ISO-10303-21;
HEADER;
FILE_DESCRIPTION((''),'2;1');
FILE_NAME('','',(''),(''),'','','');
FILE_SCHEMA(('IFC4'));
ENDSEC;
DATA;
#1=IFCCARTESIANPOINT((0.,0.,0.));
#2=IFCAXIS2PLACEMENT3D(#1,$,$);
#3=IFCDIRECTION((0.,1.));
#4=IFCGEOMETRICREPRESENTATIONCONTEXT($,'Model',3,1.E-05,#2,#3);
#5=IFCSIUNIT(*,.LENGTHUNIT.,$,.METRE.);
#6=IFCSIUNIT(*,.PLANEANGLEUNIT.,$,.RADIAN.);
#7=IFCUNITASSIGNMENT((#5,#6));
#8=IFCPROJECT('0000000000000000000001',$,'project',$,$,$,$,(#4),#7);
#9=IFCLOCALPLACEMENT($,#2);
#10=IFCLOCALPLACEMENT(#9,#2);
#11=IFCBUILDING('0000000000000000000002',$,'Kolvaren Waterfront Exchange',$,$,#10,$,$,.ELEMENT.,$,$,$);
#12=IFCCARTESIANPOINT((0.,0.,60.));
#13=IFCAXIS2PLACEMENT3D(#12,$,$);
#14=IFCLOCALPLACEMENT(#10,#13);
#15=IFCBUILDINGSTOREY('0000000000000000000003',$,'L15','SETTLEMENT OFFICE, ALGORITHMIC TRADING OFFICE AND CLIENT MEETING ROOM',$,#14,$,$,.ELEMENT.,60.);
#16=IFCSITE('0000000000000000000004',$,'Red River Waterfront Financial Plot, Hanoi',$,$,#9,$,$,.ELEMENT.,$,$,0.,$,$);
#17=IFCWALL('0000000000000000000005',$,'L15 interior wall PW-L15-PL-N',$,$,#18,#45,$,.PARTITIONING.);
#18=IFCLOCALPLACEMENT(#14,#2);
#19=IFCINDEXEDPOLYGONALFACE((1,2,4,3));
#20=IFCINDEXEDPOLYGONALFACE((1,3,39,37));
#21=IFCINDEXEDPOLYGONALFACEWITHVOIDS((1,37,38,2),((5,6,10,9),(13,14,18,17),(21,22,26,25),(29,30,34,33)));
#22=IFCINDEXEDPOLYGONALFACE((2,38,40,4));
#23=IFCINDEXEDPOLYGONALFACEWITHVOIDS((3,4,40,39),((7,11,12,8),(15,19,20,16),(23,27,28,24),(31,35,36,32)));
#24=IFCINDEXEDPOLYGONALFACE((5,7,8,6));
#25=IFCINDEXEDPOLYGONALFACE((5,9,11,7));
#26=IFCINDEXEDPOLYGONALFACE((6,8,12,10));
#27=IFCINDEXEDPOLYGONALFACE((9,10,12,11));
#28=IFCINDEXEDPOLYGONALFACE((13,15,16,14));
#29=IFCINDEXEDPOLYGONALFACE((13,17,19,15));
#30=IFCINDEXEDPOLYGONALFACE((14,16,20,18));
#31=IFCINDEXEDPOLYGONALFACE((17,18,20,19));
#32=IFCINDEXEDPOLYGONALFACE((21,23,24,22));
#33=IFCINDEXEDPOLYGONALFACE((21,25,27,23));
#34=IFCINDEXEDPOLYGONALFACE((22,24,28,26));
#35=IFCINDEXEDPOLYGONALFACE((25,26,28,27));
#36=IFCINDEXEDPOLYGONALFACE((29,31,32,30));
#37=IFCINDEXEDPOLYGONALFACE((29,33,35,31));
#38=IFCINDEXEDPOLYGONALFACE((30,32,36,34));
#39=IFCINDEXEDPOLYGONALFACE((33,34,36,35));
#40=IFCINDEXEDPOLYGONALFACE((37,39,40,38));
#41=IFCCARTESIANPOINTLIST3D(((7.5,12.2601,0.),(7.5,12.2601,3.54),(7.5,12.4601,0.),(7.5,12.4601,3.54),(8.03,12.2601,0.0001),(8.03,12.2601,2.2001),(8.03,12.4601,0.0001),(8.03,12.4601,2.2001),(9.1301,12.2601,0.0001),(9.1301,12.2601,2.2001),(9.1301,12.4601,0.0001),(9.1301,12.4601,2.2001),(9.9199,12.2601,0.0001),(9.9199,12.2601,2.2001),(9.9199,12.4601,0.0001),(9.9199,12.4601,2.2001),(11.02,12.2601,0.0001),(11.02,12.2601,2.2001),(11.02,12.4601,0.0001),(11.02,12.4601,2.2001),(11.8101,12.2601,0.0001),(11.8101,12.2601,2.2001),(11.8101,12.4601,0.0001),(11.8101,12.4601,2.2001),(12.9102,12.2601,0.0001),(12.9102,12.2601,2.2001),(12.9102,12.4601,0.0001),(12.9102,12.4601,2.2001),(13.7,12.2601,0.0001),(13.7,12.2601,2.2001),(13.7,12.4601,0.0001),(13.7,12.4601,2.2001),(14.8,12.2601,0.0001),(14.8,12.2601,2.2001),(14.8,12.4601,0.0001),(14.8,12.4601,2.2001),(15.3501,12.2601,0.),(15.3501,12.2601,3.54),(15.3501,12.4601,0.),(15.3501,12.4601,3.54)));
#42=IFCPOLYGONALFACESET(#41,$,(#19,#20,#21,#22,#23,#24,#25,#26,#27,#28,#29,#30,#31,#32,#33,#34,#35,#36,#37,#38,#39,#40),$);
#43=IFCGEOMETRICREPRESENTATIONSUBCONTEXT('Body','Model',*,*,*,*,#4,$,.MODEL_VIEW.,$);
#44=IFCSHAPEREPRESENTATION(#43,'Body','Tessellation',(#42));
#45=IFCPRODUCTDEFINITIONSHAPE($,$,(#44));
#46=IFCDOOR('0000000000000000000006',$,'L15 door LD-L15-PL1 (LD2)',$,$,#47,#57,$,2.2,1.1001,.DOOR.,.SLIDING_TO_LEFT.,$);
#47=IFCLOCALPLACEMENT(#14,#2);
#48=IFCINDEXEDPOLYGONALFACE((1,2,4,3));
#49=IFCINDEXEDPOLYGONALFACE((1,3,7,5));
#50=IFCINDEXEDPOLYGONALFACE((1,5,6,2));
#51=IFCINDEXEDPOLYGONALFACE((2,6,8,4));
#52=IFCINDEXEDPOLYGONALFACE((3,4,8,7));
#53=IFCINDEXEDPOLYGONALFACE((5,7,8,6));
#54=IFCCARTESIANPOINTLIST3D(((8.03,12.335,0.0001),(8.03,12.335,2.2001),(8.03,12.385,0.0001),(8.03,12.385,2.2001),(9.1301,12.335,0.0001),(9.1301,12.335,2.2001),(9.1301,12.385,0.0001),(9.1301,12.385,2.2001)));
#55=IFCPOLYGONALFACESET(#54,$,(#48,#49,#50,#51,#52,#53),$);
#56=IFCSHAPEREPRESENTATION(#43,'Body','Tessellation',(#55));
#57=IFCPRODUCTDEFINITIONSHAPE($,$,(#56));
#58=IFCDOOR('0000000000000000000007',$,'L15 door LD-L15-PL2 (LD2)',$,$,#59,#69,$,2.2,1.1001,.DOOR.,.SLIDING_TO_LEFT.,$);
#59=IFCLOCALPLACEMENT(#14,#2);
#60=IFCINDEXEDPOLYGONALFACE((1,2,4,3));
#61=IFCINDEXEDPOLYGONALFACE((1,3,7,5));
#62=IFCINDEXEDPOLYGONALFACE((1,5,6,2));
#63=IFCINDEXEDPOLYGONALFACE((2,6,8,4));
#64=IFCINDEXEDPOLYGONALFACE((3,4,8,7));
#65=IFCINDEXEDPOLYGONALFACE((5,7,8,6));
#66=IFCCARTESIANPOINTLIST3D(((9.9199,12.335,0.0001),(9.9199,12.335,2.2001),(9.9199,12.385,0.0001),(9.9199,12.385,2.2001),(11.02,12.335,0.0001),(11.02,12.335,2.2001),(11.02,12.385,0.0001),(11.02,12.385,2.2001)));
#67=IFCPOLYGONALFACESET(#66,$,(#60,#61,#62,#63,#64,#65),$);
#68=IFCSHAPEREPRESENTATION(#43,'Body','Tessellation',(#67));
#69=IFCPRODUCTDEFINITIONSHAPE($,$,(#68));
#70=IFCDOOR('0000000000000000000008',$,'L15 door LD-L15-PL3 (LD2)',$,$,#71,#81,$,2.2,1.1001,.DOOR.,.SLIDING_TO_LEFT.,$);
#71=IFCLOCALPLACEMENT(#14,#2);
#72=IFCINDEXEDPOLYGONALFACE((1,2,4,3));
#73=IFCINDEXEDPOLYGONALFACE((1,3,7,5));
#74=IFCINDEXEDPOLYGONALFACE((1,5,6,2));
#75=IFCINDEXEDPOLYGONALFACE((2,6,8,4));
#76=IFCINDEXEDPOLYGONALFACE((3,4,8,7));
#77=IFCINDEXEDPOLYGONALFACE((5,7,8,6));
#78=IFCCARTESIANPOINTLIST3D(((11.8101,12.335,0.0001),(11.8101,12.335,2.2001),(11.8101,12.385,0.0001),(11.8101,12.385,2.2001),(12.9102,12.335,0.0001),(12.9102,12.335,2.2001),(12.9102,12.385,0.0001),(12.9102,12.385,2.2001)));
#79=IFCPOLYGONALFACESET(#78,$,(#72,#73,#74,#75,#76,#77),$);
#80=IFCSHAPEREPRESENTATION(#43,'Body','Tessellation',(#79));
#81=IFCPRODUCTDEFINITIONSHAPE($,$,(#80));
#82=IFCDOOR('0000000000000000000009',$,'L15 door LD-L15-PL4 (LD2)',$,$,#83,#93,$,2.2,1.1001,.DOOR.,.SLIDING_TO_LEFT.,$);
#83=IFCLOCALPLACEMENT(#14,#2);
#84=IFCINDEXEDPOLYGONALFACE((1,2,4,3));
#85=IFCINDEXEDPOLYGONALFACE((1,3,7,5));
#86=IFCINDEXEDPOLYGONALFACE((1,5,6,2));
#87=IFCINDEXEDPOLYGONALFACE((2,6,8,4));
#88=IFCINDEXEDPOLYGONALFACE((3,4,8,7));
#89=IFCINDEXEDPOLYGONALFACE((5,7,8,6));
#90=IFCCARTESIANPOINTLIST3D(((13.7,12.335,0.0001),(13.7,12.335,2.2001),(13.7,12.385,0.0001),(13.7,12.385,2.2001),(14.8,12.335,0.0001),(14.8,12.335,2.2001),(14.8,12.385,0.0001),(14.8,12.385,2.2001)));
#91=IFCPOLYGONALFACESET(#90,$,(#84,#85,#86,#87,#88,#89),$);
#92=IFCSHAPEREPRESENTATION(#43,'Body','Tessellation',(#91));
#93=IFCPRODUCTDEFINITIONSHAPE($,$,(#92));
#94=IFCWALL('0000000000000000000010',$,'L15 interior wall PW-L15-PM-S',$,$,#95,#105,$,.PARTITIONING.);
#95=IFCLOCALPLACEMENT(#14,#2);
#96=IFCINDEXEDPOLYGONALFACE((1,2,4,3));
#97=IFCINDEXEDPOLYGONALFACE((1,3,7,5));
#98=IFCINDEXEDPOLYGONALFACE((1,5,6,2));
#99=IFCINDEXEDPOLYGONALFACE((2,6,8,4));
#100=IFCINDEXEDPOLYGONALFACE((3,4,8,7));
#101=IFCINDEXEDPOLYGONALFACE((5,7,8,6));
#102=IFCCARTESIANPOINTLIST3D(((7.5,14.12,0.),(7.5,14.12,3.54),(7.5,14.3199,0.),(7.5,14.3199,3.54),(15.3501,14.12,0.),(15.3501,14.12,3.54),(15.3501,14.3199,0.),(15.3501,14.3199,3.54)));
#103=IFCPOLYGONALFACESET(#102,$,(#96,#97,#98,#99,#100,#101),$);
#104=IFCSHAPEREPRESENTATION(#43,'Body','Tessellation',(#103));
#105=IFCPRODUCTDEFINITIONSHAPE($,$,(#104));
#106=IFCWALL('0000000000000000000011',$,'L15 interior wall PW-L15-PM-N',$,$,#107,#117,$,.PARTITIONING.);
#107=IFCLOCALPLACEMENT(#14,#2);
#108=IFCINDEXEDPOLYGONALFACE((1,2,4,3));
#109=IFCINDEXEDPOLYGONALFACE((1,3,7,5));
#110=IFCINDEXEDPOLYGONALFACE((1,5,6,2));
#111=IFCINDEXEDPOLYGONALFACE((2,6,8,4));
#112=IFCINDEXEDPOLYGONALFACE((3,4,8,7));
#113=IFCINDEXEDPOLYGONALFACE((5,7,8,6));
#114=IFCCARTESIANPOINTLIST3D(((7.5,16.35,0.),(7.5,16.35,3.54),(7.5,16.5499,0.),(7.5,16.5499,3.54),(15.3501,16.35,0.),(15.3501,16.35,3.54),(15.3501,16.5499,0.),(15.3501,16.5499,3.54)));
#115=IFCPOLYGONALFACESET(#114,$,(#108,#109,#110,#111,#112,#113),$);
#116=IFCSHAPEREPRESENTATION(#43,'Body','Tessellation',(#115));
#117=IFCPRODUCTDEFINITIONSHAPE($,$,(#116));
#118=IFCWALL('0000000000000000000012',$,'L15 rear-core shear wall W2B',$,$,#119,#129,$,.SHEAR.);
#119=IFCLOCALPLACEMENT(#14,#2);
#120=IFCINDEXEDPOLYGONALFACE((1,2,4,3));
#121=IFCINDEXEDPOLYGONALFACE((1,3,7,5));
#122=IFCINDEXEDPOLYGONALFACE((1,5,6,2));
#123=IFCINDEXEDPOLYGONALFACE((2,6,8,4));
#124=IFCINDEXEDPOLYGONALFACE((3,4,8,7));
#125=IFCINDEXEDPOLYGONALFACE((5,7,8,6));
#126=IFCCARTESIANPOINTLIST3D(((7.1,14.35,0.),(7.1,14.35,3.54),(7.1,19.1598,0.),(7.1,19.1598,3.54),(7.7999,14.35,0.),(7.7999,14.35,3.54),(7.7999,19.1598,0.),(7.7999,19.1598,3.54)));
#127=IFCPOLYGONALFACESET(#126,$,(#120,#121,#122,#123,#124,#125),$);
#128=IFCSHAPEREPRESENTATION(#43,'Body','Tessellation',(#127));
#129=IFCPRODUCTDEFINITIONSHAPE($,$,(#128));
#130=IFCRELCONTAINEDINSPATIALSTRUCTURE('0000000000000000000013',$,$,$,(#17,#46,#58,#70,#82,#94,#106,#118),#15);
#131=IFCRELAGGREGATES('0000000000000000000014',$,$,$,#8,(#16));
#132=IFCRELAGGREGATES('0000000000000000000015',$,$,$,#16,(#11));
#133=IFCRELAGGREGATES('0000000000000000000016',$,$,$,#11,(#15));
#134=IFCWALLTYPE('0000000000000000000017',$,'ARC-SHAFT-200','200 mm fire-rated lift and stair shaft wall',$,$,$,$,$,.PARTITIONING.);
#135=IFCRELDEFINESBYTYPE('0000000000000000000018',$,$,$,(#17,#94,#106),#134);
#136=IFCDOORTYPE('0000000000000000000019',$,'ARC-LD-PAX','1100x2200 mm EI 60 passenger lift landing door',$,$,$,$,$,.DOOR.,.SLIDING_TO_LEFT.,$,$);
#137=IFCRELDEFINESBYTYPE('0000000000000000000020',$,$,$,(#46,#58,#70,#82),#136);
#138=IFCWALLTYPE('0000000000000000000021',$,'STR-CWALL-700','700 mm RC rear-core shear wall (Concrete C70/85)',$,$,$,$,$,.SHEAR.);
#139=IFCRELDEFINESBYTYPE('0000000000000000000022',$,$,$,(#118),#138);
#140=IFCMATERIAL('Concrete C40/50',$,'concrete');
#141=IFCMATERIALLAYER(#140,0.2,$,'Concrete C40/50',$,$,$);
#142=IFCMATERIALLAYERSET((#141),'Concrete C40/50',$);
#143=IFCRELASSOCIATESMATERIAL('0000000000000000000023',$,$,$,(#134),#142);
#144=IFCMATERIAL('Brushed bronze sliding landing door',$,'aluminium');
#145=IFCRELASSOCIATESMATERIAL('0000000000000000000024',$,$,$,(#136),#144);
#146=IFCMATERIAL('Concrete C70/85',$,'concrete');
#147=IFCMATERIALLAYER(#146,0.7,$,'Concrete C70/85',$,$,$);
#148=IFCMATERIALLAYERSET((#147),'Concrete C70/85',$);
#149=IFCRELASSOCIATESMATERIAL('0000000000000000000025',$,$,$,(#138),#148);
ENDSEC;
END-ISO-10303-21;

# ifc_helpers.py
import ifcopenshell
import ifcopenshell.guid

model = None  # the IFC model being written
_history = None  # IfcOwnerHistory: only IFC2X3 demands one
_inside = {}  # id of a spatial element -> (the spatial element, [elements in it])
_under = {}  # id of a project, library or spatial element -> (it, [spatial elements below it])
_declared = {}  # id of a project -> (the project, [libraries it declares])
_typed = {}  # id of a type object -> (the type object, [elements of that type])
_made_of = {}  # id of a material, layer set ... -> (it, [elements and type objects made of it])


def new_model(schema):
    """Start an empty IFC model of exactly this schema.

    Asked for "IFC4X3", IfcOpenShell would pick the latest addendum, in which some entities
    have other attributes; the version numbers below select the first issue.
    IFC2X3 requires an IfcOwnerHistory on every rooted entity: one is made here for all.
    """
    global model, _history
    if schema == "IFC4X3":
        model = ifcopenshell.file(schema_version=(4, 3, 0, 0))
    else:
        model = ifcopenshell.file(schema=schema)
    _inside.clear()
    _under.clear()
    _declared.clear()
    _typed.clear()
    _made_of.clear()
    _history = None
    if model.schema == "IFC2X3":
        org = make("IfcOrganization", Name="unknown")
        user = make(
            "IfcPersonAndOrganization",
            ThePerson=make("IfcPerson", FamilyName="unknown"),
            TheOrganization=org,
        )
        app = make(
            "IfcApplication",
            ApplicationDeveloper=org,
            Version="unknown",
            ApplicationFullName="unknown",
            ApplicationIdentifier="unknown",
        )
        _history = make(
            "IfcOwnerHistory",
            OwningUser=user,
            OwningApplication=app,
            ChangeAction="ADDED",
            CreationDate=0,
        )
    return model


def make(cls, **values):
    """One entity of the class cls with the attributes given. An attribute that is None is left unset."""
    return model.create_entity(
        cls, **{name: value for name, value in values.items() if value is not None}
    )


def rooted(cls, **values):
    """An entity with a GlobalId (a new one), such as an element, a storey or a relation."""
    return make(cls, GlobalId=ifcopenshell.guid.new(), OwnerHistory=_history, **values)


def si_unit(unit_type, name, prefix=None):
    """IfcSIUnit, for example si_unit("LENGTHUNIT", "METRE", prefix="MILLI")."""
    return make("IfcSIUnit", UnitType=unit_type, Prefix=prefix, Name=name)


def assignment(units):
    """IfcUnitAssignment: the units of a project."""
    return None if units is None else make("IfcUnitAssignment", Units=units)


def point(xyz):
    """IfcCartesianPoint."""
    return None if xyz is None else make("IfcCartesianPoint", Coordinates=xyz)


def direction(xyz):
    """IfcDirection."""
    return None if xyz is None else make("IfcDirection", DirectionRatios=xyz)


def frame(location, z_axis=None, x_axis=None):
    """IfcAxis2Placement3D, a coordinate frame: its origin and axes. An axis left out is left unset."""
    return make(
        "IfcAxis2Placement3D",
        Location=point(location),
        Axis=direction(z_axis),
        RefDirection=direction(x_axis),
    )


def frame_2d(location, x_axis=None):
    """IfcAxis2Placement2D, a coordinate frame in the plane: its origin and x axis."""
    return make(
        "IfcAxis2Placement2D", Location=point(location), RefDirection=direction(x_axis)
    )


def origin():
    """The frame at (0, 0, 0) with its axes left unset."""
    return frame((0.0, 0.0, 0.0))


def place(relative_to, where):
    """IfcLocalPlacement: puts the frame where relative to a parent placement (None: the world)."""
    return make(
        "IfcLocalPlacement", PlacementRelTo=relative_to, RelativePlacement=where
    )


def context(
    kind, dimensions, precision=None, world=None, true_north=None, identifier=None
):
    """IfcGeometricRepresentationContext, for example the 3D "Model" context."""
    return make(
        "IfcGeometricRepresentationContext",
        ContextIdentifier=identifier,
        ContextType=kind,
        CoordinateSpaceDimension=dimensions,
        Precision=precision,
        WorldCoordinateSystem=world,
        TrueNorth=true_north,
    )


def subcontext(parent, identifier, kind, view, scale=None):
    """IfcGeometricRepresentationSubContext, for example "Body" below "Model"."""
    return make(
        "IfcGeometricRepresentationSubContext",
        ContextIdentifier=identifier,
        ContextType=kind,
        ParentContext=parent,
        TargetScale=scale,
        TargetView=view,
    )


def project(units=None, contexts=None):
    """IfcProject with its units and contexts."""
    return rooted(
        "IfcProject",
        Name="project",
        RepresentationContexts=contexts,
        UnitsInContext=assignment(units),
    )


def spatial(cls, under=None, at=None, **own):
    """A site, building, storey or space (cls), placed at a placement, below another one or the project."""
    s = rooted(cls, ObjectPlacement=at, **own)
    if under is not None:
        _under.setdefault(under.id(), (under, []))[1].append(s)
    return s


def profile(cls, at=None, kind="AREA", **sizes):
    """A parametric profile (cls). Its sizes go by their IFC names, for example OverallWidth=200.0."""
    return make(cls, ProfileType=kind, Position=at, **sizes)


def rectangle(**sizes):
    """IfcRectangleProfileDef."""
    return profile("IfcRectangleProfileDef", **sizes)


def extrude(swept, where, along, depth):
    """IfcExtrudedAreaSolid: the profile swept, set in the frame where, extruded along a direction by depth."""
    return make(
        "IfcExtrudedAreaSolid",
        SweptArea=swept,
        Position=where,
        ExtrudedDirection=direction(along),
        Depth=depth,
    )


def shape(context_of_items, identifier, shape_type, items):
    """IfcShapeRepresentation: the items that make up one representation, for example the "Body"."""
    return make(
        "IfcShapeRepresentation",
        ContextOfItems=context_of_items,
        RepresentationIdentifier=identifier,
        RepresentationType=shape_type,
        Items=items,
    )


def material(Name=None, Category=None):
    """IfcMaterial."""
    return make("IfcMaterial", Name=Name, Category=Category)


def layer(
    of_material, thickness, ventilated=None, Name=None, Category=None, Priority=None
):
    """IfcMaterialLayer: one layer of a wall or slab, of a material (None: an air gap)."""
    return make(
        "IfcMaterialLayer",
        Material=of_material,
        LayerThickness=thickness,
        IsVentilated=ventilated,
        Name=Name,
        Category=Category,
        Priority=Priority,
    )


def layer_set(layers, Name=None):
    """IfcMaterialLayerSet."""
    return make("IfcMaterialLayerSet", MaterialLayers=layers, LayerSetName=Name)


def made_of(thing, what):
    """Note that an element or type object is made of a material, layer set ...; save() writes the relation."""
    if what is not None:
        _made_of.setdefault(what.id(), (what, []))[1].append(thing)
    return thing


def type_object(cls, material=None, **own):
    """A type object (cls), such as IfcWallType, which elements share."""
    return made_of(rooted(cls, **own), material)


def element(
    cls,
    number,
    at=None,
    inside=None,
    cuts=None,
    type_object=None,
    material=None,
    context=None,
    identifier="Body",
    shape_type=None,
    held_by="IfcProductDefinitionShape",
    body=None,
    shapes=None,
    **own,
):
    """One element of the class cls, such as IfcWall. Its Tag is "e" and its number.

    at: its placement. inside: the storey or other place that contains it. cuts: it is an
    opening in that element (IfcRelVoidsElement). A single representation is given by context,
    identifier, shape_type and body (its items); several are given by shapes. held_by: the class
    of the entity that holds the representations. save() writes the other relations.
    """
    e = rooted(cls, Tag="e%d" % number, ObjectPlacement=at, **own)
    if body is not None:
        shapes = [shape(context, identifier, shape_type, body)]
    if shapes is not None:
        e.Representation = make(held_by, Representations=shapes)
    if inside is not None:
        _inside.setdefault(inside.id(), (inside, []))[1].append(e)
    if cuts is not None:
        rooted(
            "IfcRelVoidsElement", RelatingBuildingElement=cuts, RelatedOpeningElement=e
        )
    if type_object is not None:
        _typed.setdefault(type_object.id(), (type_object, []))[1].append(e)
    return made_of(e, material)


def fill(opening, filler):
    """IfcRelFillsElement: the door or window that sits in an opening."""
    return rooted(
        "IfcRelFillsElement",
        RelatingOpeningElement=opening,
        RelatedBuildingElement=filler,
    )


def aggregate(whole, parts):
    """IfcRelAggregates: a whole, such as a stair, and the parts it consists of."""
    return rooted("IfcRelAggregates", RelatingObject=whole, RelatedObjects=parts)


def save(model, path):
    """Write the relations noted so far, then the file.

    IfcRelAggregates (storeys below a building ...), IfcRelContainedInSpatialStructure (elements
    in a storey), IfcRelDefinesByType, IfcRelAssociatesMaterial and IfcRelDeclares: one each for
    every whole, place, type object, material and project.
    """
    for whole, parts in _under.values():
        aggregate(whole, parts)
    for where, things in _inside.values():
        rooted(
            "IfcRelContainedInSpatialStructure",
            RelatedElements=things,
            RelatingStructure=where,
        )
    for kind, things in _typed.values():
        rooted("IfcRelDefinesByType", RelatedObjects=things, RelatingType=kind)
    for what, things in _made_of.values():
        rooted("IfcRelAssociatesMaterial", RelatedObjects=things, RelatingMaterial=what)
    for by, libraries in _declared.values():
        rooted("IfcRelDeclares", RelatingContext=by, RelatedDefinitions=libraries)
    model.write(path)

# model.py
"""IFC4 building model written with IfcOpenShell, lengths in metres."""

from ifc_helpers import new_model, si_unit, direction, frame, frame_2d, origin, place, context, subcontext, project, spatial, rectangle, extrude, material, layer, layer_set, type_object, element, fill, save


model = new_model("IFC4")

# Units and contexts
model_context = context("Model", 3, precision=1e-05, world=origin(), true_north=direction((0.0, 1.0)))
body_context = subcontext(model_context, "Body", "Model", "MODEL_VIEW")
ifc_project = project(units=[si_unit("LENGTHUNIT", "METRE"), si_unit("PLANEANGLEUNIT", "RADIAN")], contexts=[model_context])

# Site, building, storey
site_placement = place(None, origin())
site = spatial("IfcSite", under=ifc_project, at=site_placement, Name="Red River Waterfront Financial Plot, Hanoi", CompositionType="ELEMENT", RefElevation=0.0)
building_placement = place(site_placement, origin())
building = spatial("IfcBuilding", under=site, at=building_placement, Name="Kolvaren Waterfront Exchange", CompositionType="ELEMENT")
storey_placement = place(building_placement, frame((0.0, 0.0, 60.0)))
storey = spatial("IfcBuildingStorey", under=building, at=storey_placement, Name="L15", Description="SETTLEMENT OFFICE, ALGORITHMIC TRADING OFFICE AND CLIENT MEETING ROOM", CompositionType="ELEMENT", Elevation=60.0)

# Wall, openings, doors
ifc_material_1 = material(Name="Concrete C40/50", Category="concrete")
ifc_layer_1 = layer(ifc_material_1, 0.2, Name="Concrete C40/50")
ifc_layer_set_1 = layer_set([ifc_layer_1], Name="Concrete C40/50")
wall_type_1 = type_object("IfcWallType", Name="ARC-SHAFT-200", Description="200 mm fire-rated lift and stair shaft wall", PredefinedType="PARTITIONING", material=ifc_layer_set_1)
wall_1_placement = place(storey_placement, frame((7.5, 12.3601, 0.0), z_axis=(0.0, 0.0, 1.0), x_axis=(1.0, 0.0, 0.0)))
wall_1 = element("IfcWall", 1, at=wall_1_placement, inside=storey, type_object=wall_type_1, Name="L15 interior wall PW-L15-PL-N", PredefinedType="PARTITIONING", context=body_context, shape_type="SweptSolid", body=[
    extrude(rectangle(XDim=7.8501, YDim=0.2, at=frame_2d((3.925, 0.0))), origin(), (0.0, 0.0, 1.0), 3.54),
])
opening_1_placement = place(wall_1_placement, frame((0.53, 0.0, 0.0)))
opening_1 = element("IfcOpeningElement", 2, at=opening_1_placement, cuts=wall_1, PredefinedType="OPENING", context=body_context, shape_type="SweptSolid", body=[
    extrude(rectangle(XDim=1.1001, YDim=2.2, at=frame_2d((0.55, 1.1001))), frame((0.0, 0.1099, 0.0), z_axis=(0.0, -1.0, 0.0), x_axis=(1.0, 0.0, 0.0)), (0.0, 0.0, 1.0), 0.22),
])
opening_2_placement = place(wall_1_placement, frame((2.4199, 0.0, 0.0)))
opening_2 = element("IfcOpeningElement", 3, at=opening_2_placement, cuts=wall_1, PredefinedType="OPENING", context=body_context, shape_type="SweptSolid", body=[
    extrude(rectangle(XDim=1.1001, YDim=2.2, at=frame_2d((0.55, 1.1001))), frame((0.0, 0.1099, 0.0), z_axis=(0.0, -1.0, 0.0), x_axis=(1.0, 0.0, 0.0)), (0.0, 0.0, 1.0), 0.22),
])
opening_3_placement = place(wall_1_placement, frame((4.3101, 0.0, 0.0)))
opening_3 = element("IfcOpeningElement", 4, at=opening_3_placement, cuts=wall_1, PredefinedType="OPENING", context=body_context, shape_type="SweptSolid", body=[
    extrude(rectangle(XDim=1.1001, YDim=2.2, at=frame_2d((0.55, 1.1001))), frame((0.0, 0.1099, 0.0), z_axis=(0.0, -1.0, 0.0), x_axis=(1.0, 0.0, 0.0)), (0.0, 0.0, 1.0), 0.22),
])
opening_4_placement = place(wall_1_placement, frame((6.2, 0.0, 0.0)))
opening_4 = element("IfcOpeningElement", 5, at=opening_4_placement, cuts=wall_1, PredefinedType="OPENING", context=body_context, shape_type="SweptSolid", body=[
    extrude(rectangle(XDim=1.1001, YDim=2.2, at=frame_2d((0.55, 1.1001))), frame((0.0, 0.1099, 0.0), z_axis=(0.0, -1.0, 0.0), x_axis=(1.0, 0.0, 0.0)), (0.0, 0.0, 1.0), 0.22),
])
ifc_material_2 = material(Name="Brushed bronze sliding landing door", Category="aluminium")
door_type = type_object("IfcDoorType", Name="ARC-LD-PAX", Description="1100x2200 mm EI 60 passenger lift landing door", OperationType="SLIDING_TO_LEFT", PredefinedType="DOOR", material=ifc_material_2)
door_1_placement = place(opening_1_placement, origin())
door_1 = element("IfcDoor", 6, at=door_1_placement, inside=storey, type_object=door_type, Name="L15 door LD-L15-PL1 (LD2)", OperationType="SLIDING_TO_LEFT", OverallHeight=2.2, OverallWidth=1.1001, PredefinedType="DOOR", context=body_context, shape_type="SweptSolid", body=[
    extrude(rectangle(XDim=1.1001, YDim=2.2, at=frame_2d((0.55, 1.1001))), frame((0.0, 0.0249, 0.0), z_axis=(0.0, -1.0, 0.0), x_axis=(1.0, 0.0, 0.0)), (0.0, 0.0, 1.0), 0.05),
])
fill(opening_1, door_1)
door_2_placement = place(opening_2_placement, origin())
door_2 = element("IfcDoor", 7, at=door_2_placement, inside=storey, type_object=door_type, Name="L15 door LD-L15-PL2 (LD2)", OperationType="SLIDING_TO_LEFT", OverallHeight=2.2, OverallWidth=1.1001, PredefinedType="DOOR", context=body_context, shape_type="SweptSolid", body=[
    extrude(rectangle(XDim=1.1001, YDim=2.2, at=frame_2d((0.55, 1.1001))), frame((0.0, 0.0249, 0.0), z_axis=(0.0, -1.0, 0.0), x_axis=(1.0, 0.0, 0.0)), (0.0, 0.0, 1.0), 0.05),
])
fill(opening_2, door_2)
door_3_placement = place(opening_3_placement, origin())
door_3 = element("IfcDoor", 8, at=door_3_placement, inside=storey, type_object=door_type, Name="L15 door LD-L15-PL3 (LD2)", OperationType="SLIDING_TO_LEFT", OverallHeight=2.2, OverallWidth=1.1001, PredefinedType="DOOR", context=body_context, shape_type="SweptSolid", body=[
    extrude(rectangle(XDim=1.1001, YDim=2.2, at=frame_2d((0.55, 1.1001))), frame((0.0, 0.0249, 0.0), z_axis=(0.0, -1.0, 0.0), x_axis=(1.0, 0.0, 0.0)), (0.0, 0.0, 1.0), 0.05),
])
fill(opening_3, door_3)
door_4_placement = place(opening_4_placement, origin())
door_4 = element("IfcDoor", 9, at=door_4_placement, inside=storey, type_object=door_type, Name="L15 door LD-L15-PL4 (LD2)", OperationType="SLIDING_TO_LEFT", OverallHeight=2.2, OverallWidth=1.1001, PredefinedType="DOOR", context=body_context, shape_type="SweptSolid", body=[
    extrude(rectangle(XDim=1.1001, YDim=2.2, at=frame_2d((0.55, 1.1001))), frame((0.0, 0.0249, 0.0), z_axis=(0.0, -1.0, 0.0), x_axis=(1.0, 0.0, 0.0)), (0.0, 0.0, 1.0), 0.05),
])
fill(opening_4, door_4)

# Walls
for number, where, z_axis, x_axis, name in (
    (10, (7.5, 14.22, 0.0), (0.0, 0.0, 1.0), (1.0, 0.0, 0.0), "L15 interior wall PW-L15-PM-S"),
    (11, (7.5, 16.45, 0.0), (0.0, 0.0, 1.0), (1.0, 0.0, 0.0), "L15 interior wall PW-L15-PM-N"),
):
    element("IfcWall", number, at=place(storey_placement, frame(where, z_axis=z_axis, x_axis=x_axis)), inside=storey, type_object=wall_type_1, Name=name, PredefinedType="PARTITIONING", context=body_context, shape_type="SweptSolid", body=[
        extrude(rectangle(XDim=7.8501, YDim=0.2, at=frame_2d((3.925, 0.0))), origin(), (0.0, 0.0, 1.0), 3.54),
    ])
ifc_material_3 = material(Name="Concrete C70/85", Category="concrete")
ifc_layer_2 = layer(ifc_material_3, 0.7, Name="Concrete C70/85")
ifc_layer_set_2 = layer_set([ifc_layer_2], Name="Concrete C70/85")
wall_type_2 = type_object("IfcWallType", Name="STR-CWALL-700", Description="700 mm RC rear-core shear wall (Concrete C70/85)", PredefinedType="SHEAR", material=ifc_layer_set_2)
wall_2_placement = place(storey_placement, frame((7.45, 14.3501, 0.0), z_axis=(0.0, 0.0, 1.0), x_axis=(0.0, 1.0, 0.0)))
element("IfcWall", 12, at=wall_2_placement, inside=storey, type_object=wall_type_2, Name="L15 rear-core shear wall W2B", PredefinedType="SHEAR", context=body_context, shape_type="SweptSolid", body=[
    extrude(rectangle(XDim=4.8098, YDim=0.7, at=frame_2d((2.4048, 0.0))), origin(), (0.0, 0.0, 1.0), 3.54),
])

save(model, "model.ifc")
